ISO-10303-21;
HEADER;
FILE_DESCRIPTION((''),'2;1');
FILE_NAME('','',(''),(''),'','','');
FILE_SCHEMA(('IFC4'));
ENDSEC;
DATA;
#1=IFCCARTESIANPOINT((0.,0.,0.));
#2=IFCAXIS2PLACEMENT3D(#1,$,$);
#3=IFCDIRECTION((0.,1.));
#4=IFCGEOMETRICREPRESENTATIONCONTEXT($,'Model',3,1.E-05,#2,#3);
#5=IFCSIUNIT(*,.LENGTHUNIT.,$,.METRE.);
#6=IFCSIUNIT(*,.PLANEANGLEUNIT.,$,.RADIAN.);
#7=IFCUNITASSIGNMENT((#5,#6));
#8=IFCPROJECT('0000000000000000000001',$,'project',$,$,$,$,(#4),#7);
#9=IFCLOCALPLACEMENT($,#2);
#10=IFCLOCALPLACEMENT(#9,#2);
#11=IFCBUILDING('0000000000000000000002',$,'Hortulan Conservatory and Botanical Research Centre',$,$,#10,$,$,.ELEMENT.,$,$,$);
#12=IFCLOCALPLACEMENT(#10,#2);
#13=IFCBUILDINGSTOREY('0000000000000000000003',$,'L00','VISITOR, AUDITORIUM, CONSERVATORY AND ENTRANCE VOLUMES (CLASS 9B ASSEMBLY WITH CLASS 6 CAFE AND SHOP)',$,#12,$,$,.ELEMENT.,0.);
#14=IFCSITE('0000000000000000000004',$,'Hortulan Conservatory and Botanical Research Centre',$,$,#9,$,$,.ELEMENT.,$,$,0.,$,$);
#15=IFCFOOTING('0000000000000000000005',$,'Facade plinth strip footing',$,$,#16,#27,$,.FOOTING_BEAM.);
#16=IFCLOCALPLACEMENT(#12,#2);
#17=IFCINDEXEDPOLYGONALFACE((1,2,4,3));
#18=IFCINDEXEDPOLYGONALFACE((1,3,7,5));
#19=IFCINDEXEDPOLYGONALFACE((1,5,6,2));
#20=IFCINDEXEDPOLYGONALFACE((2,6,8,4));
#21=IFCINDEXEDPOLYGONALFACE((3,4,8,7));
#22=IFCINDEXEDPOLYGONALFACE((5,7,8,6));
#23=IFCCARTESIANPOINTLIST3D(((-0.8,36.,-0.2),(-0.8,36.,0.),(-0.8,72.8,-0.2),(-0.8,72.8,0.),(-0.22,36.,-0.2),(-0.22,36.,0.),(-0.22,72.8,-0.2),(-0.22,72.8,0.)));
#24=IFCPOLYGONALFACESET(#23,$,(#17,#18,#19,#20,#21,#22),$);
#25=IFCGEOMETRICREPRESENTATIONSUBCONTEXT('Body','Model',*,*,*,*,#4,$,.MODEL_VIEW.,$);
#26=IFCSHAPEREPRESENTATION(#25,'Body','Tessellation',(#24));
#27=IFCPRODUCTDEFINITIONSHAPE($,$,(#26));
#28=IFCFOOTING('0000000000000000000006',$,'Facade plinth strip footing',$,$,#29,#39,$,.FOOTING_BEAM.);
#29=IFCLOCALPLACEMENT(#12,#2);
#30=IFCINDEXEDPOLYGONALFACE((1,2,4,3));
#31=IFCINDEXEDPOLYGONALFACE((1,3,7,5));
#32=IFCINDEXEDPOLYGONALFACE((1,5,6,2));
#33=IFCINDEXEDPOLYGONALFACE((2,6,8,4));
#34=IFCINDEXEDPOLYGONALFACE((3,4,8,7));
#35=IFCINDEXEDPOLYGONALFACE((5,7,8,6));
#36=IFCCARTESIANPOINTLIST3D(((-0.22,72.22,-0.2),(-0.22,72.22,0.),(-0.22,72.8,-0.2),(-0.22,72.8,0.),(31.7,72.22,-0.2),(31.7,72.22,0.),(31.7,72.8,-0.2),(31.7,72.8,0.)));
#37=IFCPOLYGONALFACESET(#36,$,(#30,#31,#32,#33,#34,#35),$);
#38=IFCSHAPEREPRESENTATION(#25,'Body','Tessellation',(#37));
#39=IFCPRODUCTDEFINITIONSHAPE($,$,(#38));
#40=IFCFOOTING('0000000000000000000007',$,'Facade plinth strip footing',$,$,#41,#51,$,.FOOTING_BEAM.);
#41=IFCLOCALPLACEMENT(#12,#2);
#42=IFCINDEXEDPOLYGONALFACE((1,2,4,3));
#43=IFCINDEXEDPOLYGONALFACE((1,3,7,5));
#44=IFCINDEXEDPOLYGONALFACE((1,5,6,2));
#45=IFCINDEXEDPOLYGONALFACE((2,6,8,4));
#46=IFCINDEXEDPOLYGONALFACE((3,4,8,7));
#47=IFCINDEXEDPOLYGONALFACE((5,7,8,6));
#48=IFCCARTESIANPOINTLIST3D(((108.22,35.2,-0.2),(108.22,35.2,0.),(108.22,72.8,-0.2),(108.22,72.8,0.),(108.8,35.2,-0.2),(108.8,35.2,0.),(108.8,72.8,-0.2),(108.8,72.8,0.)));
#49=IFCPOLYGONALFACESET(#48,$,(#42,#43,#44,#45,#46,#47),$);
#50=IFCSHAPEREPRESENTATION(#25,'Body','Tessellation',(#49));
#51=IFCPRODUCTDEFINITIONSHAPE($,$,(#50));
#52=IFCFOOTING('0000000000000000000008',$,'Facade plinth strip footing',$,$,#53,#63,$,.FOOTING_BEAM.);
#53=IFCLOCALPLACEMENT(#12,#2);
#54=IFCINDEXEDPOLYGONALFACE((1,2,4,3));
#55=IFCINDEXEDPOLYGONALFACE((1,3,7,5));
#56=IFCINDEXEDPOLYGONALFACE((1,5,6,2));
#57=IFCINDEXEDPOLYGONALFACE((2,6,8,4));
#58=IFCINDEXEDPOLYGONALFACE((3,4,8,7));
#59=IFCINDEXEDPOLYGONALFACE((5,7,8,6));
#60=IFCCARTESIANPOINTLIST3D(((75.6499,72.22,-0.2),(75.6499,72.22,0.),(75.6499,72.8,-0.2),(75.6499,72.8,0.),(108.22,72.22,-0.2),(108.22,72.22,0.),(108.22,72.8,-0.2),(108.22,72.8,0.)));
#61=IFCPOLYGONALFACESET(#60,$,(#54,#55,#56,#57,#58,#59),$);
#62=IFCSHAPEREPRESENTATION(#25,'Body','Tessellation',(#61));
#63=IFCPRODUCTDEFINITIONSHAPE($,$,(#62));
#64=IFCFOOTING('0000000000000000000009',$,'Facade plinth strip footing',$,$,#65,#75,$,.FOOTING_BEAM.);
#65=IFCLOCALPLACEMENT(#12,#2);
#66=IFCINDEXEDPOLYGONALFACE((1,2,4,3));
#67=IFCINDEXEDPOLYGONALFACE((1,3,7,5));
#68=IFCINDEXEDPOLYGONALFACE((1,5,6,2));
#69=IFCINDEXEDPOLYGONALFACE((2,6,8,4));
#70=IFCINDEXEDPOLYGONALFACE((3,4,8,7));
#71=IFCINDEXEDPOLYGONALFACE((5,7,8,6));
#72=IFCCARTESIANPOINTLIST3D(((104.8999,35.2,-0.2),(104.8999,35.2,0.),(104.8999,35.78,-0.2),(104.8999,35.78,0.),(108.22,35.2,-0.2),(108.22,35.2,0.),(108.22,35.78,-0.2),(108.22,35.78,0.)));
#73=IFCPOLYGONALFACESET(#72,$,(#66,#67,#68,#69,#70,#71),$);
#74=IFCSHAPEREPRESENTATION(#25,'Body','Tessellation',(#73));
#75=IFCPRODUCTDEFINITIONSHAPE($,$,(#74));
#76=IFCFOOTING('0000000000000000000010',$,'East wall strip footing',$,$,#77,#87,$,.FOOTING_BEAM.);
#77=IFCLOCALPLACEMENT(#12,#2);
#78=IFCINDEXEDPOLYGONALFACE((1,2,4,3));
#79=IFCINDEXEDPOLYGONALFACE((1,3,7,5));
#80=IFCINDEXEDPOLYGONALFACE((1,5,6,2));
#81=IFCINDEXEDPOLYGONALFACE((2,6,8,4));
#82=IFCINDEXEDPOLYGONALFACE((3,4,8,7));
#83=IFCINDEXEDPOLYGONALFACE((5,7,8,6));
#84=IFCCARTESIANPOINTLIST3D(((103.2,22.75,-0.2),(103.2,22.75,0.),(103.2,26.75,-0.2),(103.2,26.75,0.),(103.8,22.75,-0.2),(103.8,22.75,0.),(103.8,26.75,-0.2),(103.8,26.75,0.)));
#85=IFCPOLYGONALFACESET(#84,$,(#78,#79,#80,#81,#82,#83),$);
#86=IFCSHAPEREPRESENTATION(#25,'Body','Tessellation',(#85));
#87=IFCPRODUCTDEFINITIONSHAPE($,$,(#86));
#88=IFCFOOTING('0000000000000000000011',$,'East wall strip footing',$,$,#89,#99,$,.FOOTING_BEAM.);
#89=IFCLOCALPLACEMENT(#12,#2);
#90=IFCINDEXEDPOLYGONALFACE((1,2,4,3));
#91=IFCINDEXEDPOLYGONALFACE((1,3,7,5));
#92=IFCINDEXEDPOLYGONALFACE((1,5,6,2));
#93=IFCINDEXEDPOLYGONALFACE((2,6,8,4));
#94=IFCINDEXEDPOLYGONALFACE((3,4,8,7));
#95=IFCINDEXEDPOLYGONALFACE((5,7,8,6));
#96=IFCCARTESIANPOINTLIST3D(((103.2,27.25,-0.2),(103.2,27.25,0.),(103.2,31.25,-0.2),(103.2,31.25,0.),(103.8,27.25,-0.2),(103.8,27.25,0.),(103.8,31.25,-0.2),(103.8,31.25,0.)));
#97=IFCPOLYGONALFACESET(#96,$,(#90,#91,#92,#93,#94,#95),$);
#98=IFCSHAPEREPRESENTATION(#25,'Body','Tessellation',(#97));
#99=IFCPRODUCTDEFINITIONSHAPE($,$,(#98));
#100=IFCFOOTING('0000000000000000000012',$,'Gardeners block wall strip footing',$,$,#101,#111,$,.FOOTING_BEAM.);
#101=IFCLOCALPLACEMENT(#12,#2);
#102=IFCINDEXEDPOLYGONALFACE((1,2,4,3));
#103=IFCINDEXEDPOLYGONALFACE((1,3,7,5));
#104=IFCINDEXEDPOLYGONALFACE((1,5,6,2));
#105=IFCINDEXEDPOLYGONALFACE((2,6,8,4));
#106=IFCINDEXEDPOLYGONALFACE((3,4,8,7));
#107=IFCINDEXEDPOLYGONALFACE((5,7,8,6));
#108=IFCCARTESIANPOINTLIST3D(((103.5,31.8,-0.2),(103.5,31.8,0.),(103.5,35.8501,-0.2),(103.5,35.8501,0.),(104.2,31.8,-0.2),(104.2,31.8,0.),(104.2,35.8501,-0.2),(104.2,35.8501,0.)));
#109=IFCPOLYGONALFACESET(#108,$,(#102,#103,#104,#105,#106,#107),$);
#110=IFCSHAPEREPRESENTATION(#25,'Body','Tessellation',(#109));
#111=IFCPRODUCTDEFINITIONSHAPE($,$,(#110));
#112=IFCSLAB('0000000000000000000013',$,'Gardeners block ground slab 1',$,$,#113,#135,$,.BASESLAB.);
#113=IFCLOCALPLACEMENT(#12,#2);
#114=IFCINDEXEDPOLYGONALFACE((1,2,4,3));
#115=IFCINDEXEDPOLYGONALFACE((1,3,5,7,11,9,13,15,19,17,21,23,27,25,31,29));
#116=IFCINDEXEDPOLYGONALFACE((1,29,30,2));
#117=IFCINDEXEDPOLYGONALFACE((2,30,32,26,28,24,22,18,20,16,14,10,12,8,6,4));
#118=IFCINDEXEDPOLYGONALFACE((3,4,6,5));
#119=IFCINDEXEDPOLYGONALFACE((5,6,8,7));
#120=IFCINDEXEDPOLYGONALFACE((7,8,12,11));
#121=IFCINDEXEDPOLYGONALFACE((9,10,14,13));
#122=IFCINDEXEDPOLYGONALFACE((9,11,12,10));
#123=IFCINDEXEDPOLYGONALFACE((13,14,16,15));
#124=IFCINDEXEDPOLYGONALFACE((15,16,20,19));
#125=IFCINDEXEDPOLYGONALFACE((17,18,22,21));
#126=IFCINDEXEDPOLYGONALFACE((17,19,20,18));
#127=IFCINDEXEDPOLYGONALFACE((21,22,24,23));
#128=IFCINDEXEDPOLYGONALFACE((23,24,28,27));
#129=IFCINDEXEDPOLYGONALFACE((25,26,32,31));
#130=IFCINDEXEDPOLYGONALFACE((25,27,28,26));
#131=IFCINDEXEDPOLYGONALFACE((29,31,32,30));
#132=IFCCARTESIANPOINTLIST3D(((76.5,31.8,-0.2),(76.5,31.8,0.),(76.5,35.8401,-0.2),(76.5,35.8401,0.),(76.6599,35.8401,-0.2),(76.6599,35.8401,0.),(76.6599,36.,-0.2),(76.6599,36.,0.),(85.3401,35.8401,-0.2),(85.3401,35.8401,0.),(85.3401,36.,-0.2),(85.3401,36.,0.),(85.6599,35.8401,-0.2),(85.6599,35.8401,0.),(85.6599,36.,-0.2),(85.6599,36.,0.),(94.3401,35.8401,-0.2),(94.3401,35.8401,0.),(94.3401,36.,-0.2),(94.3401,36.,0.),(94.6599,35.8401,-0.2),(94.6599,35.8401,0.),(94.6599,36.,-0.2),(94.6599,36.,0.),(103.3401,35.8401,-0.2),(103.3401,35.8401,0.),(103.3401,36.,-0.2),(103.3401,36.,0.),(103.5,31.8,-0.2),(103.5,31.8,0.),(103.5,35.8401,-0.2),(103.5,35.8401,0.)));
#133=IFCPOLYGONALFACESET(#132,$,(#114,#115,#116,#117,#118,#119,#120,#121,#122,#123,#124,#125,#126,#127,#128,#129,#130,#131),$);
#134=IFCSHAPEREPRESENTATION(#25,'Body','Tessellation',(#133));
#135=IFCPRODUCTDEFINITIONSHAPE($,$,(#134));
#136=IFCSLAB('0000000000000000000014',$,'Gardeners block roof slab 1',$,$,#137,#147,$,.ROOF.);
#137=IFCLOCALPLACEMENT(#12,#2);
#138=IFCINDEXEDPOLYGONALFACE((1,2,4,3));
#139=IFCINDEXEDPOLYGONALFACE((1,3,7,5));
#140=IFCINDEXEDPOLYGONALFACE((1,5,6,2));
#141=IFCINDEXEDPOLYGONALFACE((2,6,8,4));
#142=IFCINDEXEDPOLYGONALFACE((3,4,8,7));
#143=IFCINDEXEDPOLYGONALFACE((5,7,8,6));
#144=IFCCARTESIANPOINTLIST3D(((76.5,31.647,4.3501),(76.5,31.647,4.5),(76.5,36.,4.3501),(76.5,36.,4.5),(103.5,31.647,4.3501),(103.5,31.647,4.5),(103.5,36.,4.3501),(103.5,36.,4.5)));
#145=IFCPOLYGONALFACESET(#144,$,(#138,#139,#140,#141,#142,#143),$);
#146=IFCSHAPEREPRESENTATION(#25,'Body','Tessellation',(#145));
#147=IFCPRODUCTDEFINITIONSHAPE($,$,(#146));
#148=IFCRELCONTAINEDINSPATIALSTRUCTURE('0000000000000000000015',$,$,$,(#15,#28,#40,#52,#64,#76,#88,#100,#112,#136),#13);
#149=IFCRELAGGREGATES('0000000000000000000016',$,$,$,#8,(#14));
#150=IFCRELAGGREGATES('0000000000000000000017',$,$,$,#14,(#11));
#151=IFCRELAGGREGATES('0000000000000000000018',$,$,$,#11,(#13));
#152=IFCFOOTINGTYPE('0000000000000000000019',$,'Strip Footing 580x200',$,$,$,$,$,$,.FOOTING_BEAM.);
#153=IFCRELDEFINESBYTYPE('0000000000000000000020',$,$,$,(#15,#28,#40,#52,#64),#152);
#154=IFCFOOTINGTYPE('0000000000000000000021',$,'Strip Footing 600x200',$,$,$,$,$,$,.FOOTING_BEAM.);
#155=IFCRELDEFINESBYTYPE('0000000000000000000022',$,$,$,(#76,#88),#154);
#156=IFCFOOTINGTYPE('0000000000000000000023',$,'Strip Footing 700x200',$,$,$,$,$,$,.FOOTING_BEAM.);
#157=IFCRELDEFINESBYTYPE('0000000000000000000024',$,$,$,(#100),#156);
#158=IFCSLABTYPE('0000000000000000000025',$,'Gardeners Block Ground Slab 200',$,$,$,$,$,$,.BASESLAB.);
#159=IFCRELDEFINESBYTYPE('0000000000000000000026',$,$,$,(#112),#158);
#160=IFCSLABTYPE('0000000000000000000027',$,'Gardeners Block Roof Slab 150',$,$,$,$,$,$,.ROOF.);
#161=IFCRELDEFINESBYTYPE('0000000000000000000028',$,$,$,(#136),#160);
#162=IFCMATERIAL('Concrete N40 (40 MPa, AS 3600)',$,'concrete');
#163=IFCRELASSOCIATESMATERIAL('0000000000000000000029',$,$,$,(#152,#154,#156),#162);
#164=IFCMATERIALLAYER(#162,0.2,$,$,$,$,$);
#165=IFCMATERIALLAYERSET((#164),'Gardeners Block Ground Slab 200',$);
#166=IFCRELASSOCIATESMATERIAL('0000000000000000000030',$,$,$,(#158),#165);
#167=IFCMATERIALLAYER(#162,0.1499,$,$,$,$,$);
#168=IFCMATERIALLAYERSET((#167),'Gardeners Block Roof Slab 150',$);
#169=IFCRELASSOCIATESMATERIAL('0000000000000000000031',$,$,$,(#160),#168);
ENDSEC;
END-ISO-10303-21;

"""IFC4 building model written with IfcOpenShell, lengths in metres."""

from ifc_helpers import new_model, si_unit, direction, frame, origin, place, context, subcontext, project, spatial, polyline, outline, extrude, material, layer, layer_set, type_object, element, save


model = new_model("IFC4")

# Units and contexts
model_context = context("Model", 3, precision=1e-05, world=origin(), true_north=direction((0.0, 1.0)))
body_context = subcontext(model_context, "Body", "Model", "MODEL_VIEW")
ifc_project = project(units=[si_unit("LENGTHUNIT", "METRE"), si_unit("PLANEANGLEUNIT", "RADIAN")], contexts=[model_context])

# Site, building, storey
site_placement = place(None, origin())
site = spatial("IfcSite", under=ifc_project, at=site_placement, Name="Hortulan Conservatory and Botanical Research Centre", CompositionType="ELEMENT", RefElevation=0.0)
building_placement = place(site_placement, origin())
building = spatial("IfcBuilding", under=site, at=building_placement, Name="Hortulan Conservatory and Botanical Research Centre", CompositionType="ELEMENT")
storey_placement = place(building_placement, origin())
storey = spatial("IfcBuildingStorey", under=building, at=storey_placement, Name="L00", Description="VISITOR, AUDITORIUM, CONSERVATORY AND ENTRANCE VOLUMES (CLASS 9B ASSEMBLY WITH CLASS 6 CAFE AND SHOP)", CompositionType="ELEMENT", Elevation=0.0)

# Footings
ifc_material_1 = material(Name="Concrete N40 (40 MPa, AS 3600)", Category="concrete")
footing_type_1 = type_object("IfcFootingType", Name="Strip Footing 580x200", PredefinedType="FOOTING_BEAM", material=ifc_material_1)
footing_1_placement = place(storey_placement, frame((0.0, 0.0, -0.2)))
element("IfcFooting", 1, at=footing_1_placement, inside=storey, type_object=footing_type_1, Name="Facade plinth strip footing", PredefinedType="FOOTING_BEAM", context=body_context, shape_type="SweptSolid", body=[
    extrude(outline(polyline([(-0.22, 36.0), (-0.22, 72.8), (-0.8, 72.8), (-0.8, 36.0), (-0.22, 36.0)])), origin(), (0.0, 0.0, 1.0), 0.2),
])
footing_2_placement = place(storey_placement, frame((0.0, 0.0, -0.2)))
element("IfcFooting", 2, at=footing_2_placement, inside=storey, type_object=footing_type_1, Name="Facade plinth strip footing", PredefinedType="FOOTING_BEAM", context=body_context, shape_type="SweptSolid", body=[
    extrude(outline(polyline([(31.7, 72.22), (31.7, 72.8), (-0.22, 72.8), (-0.22, 72.22), (31.7, 72.22)])), origin(), (0.0, 0.0, 1.0), 0.2),
])
footing_3_placement = place(storey_placement, frame((0.0, 0.0, -0.2)))
element("IfcFooting", 3, at=footing_3_placement, inside=storey, type_object=footing_type_1, Name="Facade plinth strip footing", PredefinedType="FOOTING_BEAM", context=body_context, shape_type="SweptSolid", body=[
    extrude(outline(polyline([(108.8, 35.2), (108.8, 72.8), (108.22, 72.8), (108.22, 35.2), (108.8, 35.2)])), origin(), (0.0, 0.0, 1.0), 0.2),
])
footing_4_placement = place(storey_placement, frame((0.0, 0.0, -0.2)))
element("IfcFooting", 4, at=footing_4_placement, inside=storey, type_object=footing_type_1, Name="Facade plinth strip footing", PredefinedType="FOOTING_BEAM", context=body_context, shape_type="SweptSolid", body=[
    extrude(outline(polyline([(108.22, 72.22), (108.22, 72.8), (75.6499, 72.8), (75.6499, 72.22), (108.22, 72.22)])), origin(), (0.0, 0.0, 1.0), 0.2),
])
footing_5_placement = place(storey_placement, frame((0.0, 0.0, -0.2)))
element("IfcFooting", 5, at=footing_5_placement, inside=storey, type_object=footing_type_1, Name="Facade plinth strip footing", PredefinedType="FOOTING_BEAM", context=body_context, shape_type="SweptSolid", body=[
    extrude(outline(polyline([(108.22, 35.2), (108.22, 35.78), (104.8999, 35.78), (104.8999, 35.2), (108.22, 35.2)])), origin(), (0.0, 0.0, 1.0), 0.2),
])
footing_type_2 = type_object("IfcFootingType", Name="Strip Footing 600x200", PredefinedType="FOOTING_BEAM", material=ifc_material_1)
footing_6_placement = place(storey_placement, frame((0.0, 0.0, -0.2)))
element("IfcFooting", 6, at=footing_6_placement, inside=storey, type_object=footing_type_2, Name="East wall strip footing", PredefinedType="FOOTING_BEAM", context=body_context, shape_type="SweptSolid", body=[
    extrude(outline(polyline([(103.8, 22.75), (103.8, 26.75), (103.2, 26.75), (103.2, 22.75), (103.8, 22.75)])), origin(), (0.0, 0.0, 1.0), 0.2),
])
footing_7_placement = place(storey_placement, frame((0.0, 0.0, -0.2)))
element("IfcFooting", 7, at=footing_7_placement, inside=storey, type_object=footing_type_2, Name="East wall strip footing", PredefinedType="FOOTING_BEAM", context=body_context, shape_type="SweptSolid", body=[
    extrude(outline(polyline([(103.8, 27.25), (103.8, 31.25), (103.2, 31.25), (103.2, 27.25), (103.8, 27.25)])), origin(), (0.0, 0.0, 1.0), 0.2),
])
footing_type_3 = type_object("IfcFootingType", Name="Strip Footing 700x200", PredefinedType="FOOTING_BEAM", material=ifc_material_1)
footing_8_placement = place(storey_placement, frame((0.0, 0.0, -0.2)))
element("IfcFooting", 8, at=footing_8_placement, inside=storey, type_object=footing_type_3, Name="Gardeners block wall strip footing", PredefinedType="FOOTING_BEAM", context=body_context, shape_type="SweptSolid", body=[
    extrude(outline(polyline([(104.2, 31.8), (104.2, 35.8501), (103.5, 35.8501), (103.5, 31.8), (104.2, 31.8)])), origin(), (0.0, 0.0, 1.0), 0.2),
])

# Slabs
ifc_layer_1 = layer(ifc_material_1, 0.2)
ifc_layer_set_1 = layer_set([ifc_layer_1], Name="Gardeners Block Ground Slab 200")
slab_type_1 = type_object("IfcSlabType", Name="Gardeners Block Ground Slab 200", PredefinedType="BASESLAB", material=ifc_layer_set_1)
slab_1_placement = place(storey_placement, frame((0.0, 0.0, -0.2)))
element("IfcSlab", 9, at=slab_1_placement, inside=storey, type_object=slab_type_1, Name="Gardeners block ground slab 1", PredefinedType="BASESLAB", context=body_context, shape_type="SweptSolid", body=[
    extrude(outline(polyline([(103.5, 31.8), (76.5, 31.8), (76.5, 35.8401), (76.6599, 35.8401), (76.6599, 36.0), (85.3401, 36.0), (85.3401, 35.8401), (85.6599, 35.8401), (85.6599, 36.0), (94.3401, 36.0), (94.3401, 35.8401), (94.6599, 35.8401), (94.6599, 36.0), (103.3401, 36.0), (103.3401, 35.8401), (103.5, 35.8401), (103.5, 31.8)])), origin(), (0.0, 0.0, 1.0), 0.2),
])
ifc_layer_2 = layer(ifc_material_1, 0.1499)
ifc_layer_set_2 = layer_set([ifc_layer_2], Name="Gardeners Block Roof Slab 150")
slab_type_2 = type_object("IfcSlabType", Name="Gardeners Block Roof Slab 150", PredefinedType="ROOF", material=ifc_layer_set_2)
slab_2_placement = place(storey_placement, frame((0.0, 0.0, 4.3501)))
element("IfcSlab", 10, at=slab_2_placement, inside=storey, type_object=slab_type_2, Name="Gardeners block roof slab 1", PredefinedType="ROOF", context=body_context, shape_type="SweptSolid", body=[
    extrude(outline(polyline([(76.5, 31.647), (76.5, 36.0), (103.5, 36.0), (103.5, 31.647), (76.5, 31.647)])), origin(), (0.0, 0.0, 1.0), 0.1499),
])

save(model, "model.ifc")
